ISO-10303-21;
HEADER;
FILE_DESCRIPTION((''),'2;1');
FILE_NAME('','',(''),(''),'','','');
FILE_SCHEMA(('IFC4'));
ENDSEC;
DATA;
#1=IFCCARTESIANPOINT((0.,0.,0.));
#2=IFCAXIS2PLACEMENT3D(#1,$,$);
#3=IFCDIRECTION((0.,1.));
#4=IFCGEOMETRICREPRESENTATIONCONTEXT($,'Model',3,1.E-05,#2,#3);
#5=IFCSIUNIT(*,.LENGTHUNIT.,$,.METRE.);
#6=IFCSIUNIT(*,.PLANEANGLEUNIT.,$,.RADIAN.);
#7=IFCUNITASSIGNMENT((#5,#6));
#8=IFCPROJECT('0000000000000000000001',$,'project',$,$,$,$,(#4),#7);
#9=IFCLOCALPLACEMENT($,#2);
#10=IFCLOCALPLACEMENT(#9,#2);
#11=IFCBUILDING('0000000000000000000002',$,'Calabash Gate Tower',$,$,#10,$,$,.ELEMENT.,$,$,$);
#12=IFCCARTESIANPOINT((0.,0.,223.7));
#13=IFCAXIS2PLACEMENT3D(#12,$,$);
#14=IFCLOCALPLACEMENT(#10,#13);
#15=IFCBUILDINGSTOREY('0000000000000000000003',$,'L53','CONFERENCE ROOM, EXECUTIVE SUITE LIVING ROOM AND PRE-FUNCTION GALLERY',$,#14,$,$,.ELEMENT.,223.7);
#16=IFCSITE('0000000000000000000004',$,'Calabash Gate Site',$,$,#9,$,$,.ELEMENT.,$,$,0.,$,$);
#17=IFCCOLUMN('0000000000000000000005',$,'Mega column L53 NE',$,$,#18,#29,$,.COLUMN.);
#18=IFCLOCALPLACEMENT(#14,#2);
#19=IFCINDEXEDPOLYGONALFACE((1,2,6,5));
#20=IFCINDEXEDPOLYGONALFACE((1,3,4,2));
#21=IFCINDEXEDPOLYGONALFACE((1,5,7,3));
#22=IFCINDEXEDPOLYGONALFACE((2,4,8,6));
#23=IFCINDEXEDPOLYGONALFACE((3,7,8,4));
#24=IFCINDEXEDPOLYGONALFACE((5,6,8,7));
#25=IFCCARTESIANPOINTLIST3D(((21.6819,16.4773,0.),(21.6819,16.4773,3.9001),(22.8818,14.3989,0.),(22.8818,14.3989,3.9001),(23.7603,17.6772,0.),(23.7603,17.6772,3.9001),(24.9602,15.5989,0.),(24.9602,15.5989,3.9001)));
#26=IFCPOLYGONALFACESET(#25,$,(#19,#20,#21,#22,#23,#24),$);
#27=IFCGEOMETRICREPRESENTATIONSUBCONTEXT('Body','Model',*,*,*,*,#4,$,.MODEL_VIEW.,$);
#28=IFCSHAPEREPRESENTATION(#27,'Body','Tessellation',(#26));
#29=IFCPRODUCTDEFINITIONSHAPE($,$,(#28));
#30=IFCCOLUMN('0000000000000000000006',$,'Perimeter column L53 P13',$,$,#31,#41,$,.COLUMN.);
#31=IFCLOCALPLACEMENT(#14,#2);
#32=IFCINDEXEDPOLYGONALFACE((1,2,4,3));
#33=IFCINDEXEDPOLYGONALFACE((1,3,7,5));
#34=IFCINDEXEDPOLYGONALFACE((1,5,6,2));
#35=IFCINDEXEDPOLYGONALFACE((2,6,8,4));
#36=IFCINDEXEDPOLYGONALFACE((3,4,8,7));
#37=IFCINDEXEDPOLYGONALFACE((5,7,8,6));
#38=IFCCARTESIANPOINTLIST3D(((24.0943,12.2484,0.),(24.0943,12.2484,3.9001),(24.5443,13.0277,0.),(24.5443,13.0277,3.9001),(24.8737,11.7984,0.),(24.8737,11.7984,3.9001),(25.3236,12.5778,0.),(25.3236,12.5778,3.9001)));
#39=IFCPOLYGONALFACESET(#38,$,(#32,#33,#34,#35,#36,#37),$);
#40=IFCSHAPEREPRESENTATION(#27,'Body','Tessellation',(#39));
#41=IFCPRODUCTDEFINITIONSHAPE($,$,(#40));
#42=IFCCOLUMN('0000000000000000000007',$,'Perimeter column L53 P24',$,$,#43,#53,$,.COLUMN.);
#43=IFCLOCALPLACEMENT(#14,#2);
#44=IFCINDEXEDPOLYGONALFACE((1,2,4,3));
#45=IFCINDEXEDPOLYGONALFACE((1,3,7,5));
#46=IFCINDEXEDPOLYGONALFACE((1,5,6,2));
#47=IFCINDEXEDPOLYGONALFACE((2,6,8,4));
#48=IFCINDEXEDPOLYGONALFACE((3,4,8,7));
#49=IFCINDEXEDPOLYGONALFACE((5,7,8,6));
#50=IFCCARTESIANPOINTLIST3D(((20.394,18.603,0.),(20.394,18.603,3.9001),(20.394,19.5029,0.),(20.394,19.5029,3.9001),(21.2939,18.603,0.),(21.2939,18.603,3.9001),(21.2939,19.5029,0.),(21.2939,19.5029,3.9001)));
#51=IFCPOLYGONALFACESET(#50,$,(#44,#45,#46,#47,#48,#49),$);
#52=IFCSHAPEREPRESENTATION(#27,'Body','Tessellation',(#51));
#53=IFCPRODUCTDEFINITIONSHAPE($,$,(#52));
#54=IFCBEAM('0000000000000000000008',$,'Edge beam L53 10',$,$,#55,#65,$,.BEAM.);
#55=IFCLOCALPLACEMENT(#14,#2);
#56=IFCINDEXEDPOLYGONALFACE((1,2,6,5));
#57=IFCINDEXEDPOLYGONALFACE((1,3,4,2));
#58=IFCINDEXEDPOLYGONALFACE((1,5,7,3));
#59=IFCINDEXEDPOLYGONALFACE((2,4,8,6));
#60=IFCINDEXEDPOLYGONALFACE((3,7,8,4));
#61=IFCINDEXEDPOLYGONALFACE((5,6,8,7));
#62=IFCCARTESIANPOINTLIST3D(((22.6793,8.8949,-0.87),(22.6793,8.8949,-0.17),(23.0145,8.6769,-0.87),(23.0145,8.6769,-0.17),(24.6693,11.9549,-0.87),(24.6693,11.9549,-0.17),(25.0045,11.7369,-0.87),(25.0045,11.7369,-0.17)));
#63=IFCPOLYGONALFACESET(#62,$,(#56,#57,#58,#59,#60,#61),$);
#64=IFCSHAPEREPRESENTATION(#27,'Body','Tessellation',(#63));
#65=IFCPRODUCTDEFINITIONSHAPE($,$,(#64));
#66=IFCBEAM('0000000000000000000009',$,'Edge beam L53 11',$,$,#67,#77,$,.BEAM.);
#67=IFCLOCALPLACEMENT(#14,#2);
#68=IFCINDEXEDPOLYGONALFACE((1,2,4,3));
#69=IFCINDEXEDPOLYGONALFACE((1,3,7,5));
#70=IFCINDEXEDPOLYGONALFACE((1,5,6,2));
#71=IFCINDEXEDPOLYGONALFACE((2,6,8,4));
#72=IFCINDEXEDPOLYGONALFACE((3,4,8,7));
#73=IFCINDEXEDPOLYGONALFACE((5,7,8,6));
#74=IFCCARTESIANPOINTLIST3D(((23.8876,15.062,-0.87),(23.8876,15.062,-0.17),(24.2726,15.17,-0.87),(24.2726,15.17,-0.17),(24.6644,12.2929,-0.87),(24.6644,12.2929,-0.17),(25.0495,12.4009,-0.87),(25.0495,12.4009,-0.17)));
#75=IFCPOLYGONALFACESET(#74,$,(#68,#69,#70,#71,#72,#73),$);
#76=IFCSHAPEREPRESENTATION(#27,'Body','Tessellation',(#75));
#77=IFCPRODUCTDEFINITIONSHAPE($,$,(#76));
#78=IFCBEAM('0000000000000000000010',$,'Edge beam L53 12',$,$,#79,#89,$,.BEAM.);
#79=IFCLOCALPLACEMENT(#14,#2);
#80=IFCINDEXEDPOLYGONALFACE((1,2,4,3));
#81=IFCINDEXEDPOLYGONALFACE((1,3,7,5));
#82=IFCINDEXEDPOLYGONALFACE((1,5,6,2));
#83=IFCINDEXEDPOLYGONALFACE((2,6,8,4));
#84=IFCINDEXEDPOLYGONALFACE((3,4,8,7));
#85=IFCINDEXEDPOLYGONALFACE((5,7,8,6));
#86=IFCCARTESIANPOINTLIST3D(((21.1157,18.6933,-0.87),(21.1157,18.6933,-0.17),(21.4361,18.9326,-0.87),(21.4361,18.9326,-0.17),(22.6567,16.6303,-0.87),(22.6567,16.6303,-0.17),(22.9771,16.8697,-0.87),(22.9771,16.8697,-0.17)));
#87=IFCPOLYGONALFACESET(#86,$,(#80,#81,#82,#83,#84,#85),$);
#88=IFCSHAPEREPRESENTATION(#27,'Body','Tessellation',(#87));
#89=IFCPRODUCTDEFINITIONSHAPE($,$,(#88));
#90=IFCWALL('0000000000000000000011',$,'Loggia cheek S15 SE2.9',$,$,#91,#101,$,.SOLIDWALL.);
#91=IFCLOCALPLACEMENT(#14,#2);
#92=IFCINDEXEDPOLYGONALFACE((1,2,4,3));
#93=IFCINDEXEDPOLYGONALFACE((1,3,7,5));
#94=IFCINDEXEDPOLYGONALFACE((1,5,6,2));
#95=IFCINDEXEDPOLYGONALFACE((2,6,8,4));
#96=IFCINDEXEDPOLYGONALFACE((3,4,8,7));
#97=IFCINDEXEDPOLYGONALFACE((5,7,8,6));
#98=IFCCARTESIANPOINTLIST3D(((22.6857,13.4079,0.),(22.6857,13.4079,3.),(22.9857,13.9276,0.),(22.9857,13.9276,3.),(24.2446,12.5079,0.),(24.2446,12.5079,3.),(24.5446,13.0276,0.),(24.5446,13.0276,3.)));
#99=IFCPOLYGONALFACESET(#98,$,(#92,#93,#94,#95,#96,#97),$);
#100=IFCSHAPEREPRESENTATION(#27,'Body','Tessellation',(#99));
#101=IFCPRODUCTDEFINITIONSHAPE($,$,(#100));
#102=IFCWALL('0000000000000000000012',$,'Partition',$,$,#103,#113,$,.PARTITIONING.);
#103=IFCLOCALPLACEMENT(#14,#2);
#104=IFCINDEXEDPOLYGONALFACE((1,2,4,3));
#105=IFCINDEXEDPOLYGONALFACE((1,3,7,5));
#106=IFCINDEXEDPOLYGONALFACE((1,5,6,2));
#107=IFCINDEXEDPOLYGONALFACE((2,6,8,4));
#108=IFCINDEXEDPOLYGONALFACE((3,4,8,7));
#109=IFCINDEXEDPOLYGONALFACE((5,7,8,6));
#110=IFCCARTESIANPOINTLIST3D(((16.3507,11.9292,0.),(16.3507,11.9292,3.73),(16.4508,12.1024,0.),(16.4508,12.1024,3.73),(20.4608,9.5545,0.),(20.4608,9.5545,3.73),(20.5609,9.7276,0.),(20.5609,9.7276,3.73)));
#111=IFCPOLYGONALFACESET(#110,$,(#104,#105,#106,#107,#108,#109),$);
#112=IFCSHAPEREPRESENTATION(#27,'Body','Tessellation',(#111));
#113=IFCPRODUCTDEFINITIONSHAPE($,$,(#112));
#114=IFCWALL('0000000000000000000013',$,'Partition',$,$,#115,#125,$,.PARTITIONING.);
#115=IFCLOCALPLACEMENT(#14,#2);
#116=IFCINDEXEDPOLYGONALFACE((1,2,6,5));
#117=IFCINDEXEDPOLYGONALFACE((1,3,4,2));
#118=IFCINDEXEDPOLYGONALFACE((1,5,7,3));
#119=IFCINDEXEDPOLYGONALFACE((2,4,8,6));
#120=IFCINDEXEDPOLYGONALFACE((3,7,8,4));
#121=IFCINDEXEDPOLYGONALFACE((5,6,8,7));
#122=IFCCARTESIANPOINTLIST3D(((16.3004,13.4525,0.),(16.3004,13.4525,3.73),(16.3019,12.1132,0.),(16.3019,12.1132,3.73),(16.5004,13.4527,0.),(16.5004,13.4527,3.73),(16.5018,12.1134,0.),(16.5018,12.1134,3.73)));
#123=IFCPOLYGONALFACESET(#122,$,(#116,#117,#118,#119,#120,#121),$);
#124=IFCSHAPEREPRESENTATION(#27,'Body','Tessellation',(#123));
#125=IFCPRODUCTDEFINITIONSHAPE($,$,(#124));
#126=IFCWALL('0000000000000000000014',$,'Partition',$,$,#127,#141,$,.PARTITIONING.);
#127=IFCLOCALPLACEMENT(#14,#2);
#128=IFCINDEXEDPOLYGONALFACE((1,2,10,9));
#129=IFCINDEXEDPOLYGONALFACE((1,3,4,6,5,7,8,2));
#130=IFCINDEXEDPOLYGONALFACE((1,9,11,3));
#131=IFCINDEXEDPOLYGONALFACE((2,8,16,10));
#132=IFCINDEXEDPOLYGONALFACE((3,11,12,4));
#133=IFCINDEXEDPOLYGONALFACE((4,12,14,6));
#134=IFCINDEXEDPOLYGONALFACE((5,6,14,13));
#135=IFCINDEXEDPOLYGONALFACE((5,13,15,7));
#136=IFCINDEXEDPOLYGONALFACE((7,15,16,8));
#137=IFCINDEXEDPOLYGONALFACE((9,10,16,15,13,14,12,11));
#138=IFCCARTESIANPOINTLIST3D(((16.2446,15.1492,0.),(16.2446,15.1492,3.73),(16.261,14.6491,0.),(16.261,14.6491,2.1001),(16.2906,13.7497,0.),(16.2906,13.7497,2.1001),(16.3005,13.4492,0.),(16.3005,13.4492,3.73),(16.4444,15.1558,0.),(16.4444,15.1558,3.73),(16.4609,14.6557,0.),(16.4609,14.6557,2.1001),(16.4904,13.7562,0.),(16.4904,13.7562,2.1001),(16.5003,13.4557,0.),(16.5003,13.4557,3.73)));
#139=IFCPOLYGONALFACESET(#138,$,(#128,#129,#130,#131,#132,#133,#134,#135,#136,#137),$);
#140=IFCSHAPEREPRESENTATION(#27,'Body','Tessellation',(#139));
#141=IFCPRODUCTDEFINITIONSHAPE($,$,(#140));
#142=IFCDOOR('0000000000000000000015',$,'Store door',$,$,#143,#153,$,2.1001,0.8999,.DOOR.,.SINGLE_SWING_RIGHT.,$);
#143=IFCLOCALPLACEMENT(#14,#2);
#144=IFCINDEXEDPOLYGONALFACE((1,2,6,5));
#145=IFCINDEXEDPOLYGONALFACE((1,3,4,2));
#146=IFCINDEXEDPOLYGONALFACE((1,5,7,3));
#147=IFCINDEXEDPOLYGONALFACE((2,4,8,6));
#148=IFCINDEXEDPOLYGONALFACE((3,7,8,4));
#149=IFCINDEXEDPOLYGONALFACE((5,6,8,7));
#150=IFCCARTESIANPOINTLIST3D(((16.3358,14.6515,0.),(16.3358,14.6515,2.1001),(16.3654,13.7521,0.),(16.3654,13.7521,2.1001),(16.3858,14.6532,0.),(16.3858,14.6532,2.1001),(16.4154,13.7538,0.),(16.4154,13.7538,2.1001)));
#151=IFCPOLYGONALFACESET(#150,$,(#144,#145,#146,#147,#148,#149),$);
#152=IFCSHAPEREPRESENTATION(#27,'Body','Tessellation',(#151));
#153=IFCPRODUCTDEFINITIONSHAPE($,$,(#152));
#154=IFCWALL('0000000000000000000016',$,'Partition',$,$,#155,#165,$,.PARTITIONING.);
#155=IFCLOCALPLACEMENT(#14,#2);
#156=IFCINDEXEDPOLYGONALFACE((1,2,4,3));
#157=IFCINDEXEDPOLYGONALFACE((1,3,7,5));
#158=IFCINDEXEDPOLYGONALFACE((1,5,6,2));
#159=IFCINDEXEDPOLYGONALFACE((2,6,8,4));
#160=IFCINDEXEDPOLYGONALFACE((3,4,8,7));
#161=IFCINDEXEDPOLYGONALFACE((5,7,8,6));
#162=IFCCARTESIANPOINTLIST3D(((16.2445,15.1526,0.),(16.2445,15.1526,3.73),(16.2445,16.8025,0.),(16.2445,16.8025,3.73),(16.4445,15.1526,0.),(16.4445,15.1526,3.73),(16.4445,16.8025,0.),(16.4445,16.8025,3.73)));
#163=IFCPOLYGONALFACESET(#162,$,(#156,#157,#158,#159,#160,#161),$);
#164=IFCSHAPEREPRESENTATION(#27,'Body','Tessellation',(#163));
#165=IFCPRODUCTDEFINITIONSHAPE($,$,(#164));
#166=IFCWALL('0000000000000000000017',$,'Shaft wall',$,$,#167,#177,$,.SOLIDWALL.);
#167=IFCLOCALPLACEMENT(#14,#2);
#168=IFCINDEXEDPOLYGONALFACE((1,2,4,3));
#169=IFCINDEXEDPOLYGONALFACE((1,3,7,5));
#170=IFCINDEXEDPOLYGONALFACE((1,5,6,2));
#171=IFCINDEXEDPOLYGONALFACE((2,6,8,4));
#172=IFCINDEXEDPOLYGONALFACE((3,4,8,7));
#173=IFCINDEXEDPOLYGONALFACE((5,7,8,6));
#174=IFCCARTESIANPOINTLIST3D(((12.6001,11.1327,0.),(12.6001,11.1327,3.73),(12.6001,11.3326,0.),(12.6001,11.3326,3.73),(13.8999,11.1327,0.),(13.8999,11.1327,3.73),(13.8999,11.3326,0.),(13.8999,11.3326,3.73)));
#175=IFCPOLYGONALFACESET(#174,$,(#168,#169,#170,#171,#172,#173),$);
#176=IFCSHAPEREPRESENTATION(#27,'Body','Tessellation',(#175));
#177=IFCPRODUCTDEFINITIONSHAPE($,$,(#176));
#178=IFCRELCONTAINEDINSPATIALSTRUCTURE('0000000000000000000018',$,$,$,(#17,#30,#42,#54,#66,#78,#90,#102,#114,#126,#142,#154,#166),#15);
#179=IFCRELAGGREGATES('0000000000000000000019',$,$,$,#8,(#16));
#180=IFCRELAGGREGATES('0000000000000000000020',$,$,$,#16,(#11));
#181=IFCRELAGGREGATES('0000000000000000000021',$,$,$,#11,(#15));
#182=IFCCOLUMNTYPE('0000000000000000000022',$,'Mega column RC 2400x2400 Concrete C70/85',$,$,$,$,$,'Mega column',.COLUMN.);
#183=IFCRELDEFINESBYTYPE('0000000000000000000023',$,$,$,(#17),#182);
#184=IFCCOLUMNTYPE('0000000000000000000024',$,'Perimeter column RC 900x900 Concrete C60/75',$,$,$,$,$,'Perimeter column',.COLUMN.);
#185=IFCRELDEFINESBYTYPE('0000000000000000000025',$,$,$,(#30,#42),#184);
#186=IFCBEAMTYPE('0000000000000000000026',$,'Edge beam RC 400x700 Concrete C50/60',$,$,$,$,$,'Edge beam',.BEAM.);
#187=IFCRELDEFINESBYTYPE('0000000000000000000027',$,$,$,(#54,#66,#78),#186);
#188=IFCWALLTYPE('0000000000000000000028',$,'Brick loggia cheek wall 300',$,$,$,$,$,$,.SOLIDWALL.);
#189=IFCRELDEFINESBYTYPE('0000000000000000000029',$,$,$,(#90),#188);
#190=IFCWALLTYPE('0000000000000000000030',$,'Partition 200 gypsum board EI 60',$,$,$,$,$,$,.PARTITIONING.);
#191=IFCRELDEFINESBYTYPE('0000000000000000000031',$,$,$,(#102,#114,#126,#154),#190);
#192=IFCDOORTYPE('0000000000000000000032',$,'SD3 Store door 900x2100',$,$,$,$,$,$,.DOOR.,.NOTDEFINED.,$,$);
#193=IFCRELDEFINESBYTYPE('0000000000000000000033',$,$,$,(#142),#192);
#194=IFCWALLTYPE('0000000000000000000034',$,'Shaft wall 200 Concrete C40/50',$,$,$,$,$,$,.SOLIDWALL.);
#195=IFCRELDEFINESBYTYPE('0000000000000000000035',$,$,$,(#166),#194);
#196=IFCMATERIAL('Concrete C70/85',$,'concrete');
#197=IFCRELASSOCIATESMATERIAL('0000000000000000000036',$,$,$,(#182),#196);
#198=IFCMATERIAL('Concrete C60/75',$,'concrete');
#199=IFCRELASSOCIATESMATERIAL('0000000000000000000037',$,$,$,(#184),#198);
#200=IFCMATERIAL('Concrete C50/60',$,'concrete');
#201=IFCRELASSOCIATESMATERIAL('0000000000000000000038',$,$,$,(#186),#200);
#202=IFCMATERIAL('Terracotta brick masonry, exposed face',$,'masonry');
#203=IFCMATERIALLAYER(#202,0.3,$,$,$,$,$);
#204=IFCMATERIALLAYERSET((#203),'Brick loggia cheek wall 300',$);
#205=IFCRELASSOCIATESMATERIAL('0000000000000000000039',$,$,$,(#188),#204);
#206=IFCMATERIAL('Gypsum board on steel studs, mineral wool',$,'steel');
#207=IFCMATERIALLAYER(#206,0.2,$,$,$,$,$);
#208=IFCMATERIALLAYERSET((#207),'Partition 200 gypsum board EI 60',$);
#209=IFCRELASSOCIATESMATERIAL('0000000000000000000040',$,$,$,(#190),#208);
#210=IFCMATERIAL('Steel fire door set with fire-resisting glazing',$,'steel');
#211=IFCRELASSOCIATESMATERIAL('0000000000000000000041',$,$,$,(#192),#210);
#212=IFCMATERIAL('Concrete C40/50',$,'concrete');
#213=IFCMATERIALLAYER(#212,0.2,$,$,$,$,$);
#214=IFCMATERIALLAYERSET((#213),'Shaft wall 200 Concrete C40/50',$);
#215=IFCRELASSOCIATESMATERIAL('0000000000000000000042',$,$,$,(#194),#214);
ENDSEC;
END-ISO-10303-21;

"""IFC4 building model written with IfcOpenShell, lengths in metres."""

from ifc_helpers import new_model, si_unit, direction, frame, frame_2d, origin, origin_2d, place, context, subcontext, project, spatial, rectangle, extrude, material, layer, layer_set, material_profile, profile_set, type_object, element, fill, save


model = new_model("IFC4")

# Units and contexts
model_context = context("Model", 3, precision=1e-05, world=origin(), true_north=direction((0.0, 1.0)))
body_context = subcontext(model_context, "Body", "Model", "MODEL_VIEW")
ifc_project = project(units=[si_unit("LENGTHUNIT", "METRE"), si_unit("PLANEANGLEUNIT", "RADIAN")], contexts=[model_context])

# Site, building, storey
site_placement = place(None, origin())
site = spatial("IfcSite", under=ifc_project, at=site_placement, Name="Calabash Gate Site", CompositionType="ELEMENT", RefElevation=0.0)
building_placement = place(site_placement, origin())
building = spatial("IfcBuilding", under=site, at=building_placement, Name="Calabash Gate Tower", CompositionType="ELEMENT")
storey_placement = place(building_placement, frame((0.0, 0.0, 223.7)))
storey = spatial("IfcBuildingStorey", under=building, at=storey_placement, Name="L53", Description="CONFERENCE ROOM, EXECUTIVE SUITE LIVING ROOM AND PRE-FUNCTION GALLERY", CompositionType="ELEMENT", Elevation=223.7)

# Columns
ifc_material_1 = material(Name="Concrete C70/85", Category="concrete")
ifc_material_profile_1 = material_profile(ifc_material_1, rectangle(XDim=2.3999, YDim=2.3999, at=origin_2d()))
ifc_profile_set_1 = profile_set([ifc_material_profile_1], Name="Concrete C70/85")
column_type_1 = type_object("IfcColumnType", Name="Mega column RC 2400x2400 Concrete C70/85", ElementType="Mega column", PredefinedType="COLUMN", material=ifc_profile_set_1)
column_placement = place(storey_placement, frame((23.321, 16.0381, 0.0), z_axis=(0.0, 0.0, 1.0), x_axis=(-0.866025, -0.5, 0.0)))
element("IfcColumn", 1, at=column_placement, inside=storey, type_object=column_type_1, Name="Mega column L53 NE", PredefinedType="COLUMN", context=body_context, shape_type="SweptSolid", body=[
    extrude(rectangle(XDim=2.3999, YDim=2.3999, at=origin_2d()), origin(), (0.0, 0.0, 1.0), 3.9001),
])
ifc_material_2 = material(Name="Concrete C60/75", Category="concrete")
ifc_material_profile_2 = material_profile(ifc_material_2, rectangle(XDim=0.8999, YDim=0.8999, at=origin_2d()))
ifc_profile_set_2 = profile_set([ifc_material_profile_2], Name="Concrete C60/75")
column_type_2 = type_object("IfcColumnType", Name="Perimeter column RC 900x900 Concrete C60/75", ElementType="Perimeter column", PredefinedType="COLUMN", material=ifc_profile_set_2)
for number, where, z_axis, x_axis, name in (
    (2, (24.709, 12.4131, 0.0), (0.0, 0.0, 1.0), (0.5, 0.866025, 0.0), "Perimeter column L53 P13"),
    (3, (20.844, 19.053, 0.0), (0.0, 0.0, 1.0), (-1.0, 0.0, 0.0), "Perimeter column L53 P24"),
):
    element("IfcColumn", number, at=place(storey_placement, frame(where, z_axis=z_axis, x_axis=x_axis)), inside=storey, type_object=column_type_2, Name=name, PredefinedType="COLUMN", context=body_context, shape_type="SweptSolid", body=[
        extrude(rectangle(XDim=0.8999, YDim=0.8999, at=origin_2d()), origin(), (0.0, 0.0, 1.0), 3.9001),
    ])

# Beams
ifc_material_3 = material(Name="Concrete C50/60", Category="concrete")
ifc_material_profile_3 = material_profile(ifc_material_3, rectangle(XDim=0.3999, YDim=0.7, at=origin_2d()))
ifc_profile_set_3 = profile_set([ifc_material_profile_3], Name="Concrete C50/60")
beam_type = type_object("IfcBeamType", Name="Edge beam RC 400x700 Concrete C50/60", ElementType="Edge beam", PredefinedType="BEAM", material=ifc_profile_set_3)
beam_1_placement = place(storey_placement, frame((22.8469, 8.7859, -0.52), z_axis=(0.545172, 0.838324, 0.0), x_axis=(-0.838324, 0.545172, 0.0)))
element("IfcBeam", 4, at=beam_1_placement, inside=storey, type_object=beam_type, Name="Edge beam L53 10", PredefinedType="BEAM", context=body_context, shape_type="SweptSolid", body=[
    extrude(rectangle(XDim=0.3999, YDim=0.7, at=origin_2d()), origin(), (0.0, 0.0, 1.0), 3.6501),
])
beam_2_placement = place(storey_placement, frame((24.8569, 12.3469, -0.52), z_axis=(-0.270121, 0.962826, 0.0), x_axis=(-0.962826, -0.270121, 0.0)))
element("IfcBeam", 5, at=beam_2_placement, inside=storey, type_object=beam_type, Name="Edge beam L53 11", PredefinedType="BEAM", context=body_context, shape_type="SweptSolid", body=[
    extrude(rectangle(XDim=0.3999, YDim=0.7, at=origin_2d()), origin(), (0.0, 0.0, 1.0), 2.876),
])
beam_3_placement = place(storey_placement, frame((22.8169, 16.75, -0.52), z_axis=(-0.598452, 0.801159, 0.0), x_axis=(-0.801159, -0.598452, 0.0)))
element("IfcBeam", 6, at=beam_3_placement, inside=storey, type_object=beam_type, Name="Edge beam L53 12", PredefinedType="BEAM", context=body_context, shape_type="SweptSolid", body=[
    extrude(rectangle(XDim=0.3999, YDim=0.7, at=origin_2d()), origin(), (0.0, 0.0, 1.0), 2.575),
])

# Walls
ifc_material_4 = material(Name="Terracotta brick masonry, exposed face", Category="masonry")
ifc_layer_1 = layer(ifc_material_4, 0.3)
ifc_layer_set_1 = layer_set([ifc_layer_1], Name="Brick loggia cheek wall 300")
wall_type_1 = type_object("IfcWallType", Name="Brick loggia cheek wall 300", PredefinedType="SOLIDWALL", material=ifc_layer_set_1)
wall_1_placement = place(storey_placement, frame((24.3945, 12.7678, 0.0), z_axis=(0.0, 0.0, 1.0), x_axis=(-0.866048, 0.499961, 0.0)))
element("IfcWall", 7, at=wall_1_placement, inside=storey, type_object=wall_type_1, Name="Loggia cheek S15 SE2.9", PredefinedType="SOLIDWALL", context=body_context, shape_type="SweptSolid", body=[
    extrude(rectangle(XDim=1.8, YDim=0.6001, at=frame_2d((0.8999, 0.0))), origin(), (0.0, 0.0, 1.0), 3.0),
])
ifc_material_5 = material(Name="Gypsum board on steel studs, mineral wool", Category="steel")
ifc_layer_2 = layer(ifc_material_5, 0.2)
ifc_layer_set_2 = layer_set([ifc_layer_2], Name="Partition 200 gypsum board EI 60")
wall_type_2 = type_object("IfcWallType", Name="Partition 200 gypsum board EI 60", PredefinedType="PARTITIONING", material=ifc_layer_set_2)
wall_2_placement = place(storey_placement, frame((16.4006, 12.0159, 0.0), z_axis=(0.0, 0.0, 1.0), x_axis=(0.865863, -0.500282, 0.0)))
element("IfcWall", 8, at=wall_2_placement, inside=storey, type_object=wall_type_2, Name="Partition", PredefinedType="PARTITIONING", context=body_context, shape_type="SweptSolid", body=[
    extrude(rectangle(XDim=4.7468, YDim=0.2, at=frame_2d((2.3735, 0.0))), origin(), (0.0, 0.0, 1.0), 3.73),
])
wall_3_placement = place(storey_placement, frame((16.4004, 13.4526, 0.0), z_axis=(0.0, 0.0, 1.0), x_axis=(0.001094, -0.999999, 0.0)))
element("IfcWall", 9, at=wall_3_placement, inside=storey, type_object=wall_type_2, Name="Partition", PredefinedType="PARTITIONING", context=body_context, shape_type="SweptSolid", body=[
    extrude(rectangle(XDim=1.3394, YDim=0.2, at=frame_2d((0.6697, 0.0))), origin(), (0.0, 0.0, 1.0), 3.73),
])

# Wall, opening, door
wall_4_placement = place(storey_placement, frame((16.3445, 15.1526, 0.0), z_axis=(0.0, 0.0, 1.0), x_axis=(0.03287, -0.99946, 0.0)))
wall_4 = element("IfcWall", 10, at=wall_4_placement, inside=storey, type_object=wall_type_2, Name="Partition", PredefinedType="PARTITIONING", context=body_context, shape_type="SweptSolid", body=[
    extrude(rectangle(XDim=1.7009, YDim=0.2, at=frame_2d((0.8506, 0.0))), origin(), (0.0, 0.0, 1.0), 3.73),
])
opening_1_placement = place(wall_4_placement, frame((0.5005, 0.0, 0.0)))
opening_1 = element("IfcOpeningElement", 11, at=opening_1_placement, cuts=wall_4, PredefinedType="OPENING", context=body_context, shape_type="SweptSolid", body=[
    extrude(rectangle(XDim=0.8999, YDim=2.1001, at=frame_2d((0.45, 1.05))), frame((0.0, 0.1099, 0.0), z_axis=(0.0, -1.0, 0.0), x_axis=(1.0, 0.0, 0.0)), (0.0, 0.0, 1.0), 0.22),
])
ifc_material_6 = material(Name="Steel fire door set with fire-resisting glazing", Category="steel")
door_type_1 = type_object("IfcDoorType", Name="SD3 Store door 900x2100", OperationType="NOTDEFINED", PredefinedType="DOOR", material=ifc_material_6)
door_1_placement = place(opening_1_placement, origin())
door_1 = element("IfcDoor", 12, at=door_1_placement, inside=storey, type_object=door_type_1, Name="Store door", OperationType="SINGLE_SWING_RIGHT", OverallHeight=2.1001, OverallWidth=0.8999, PredefinedType="DOOR", context=body_context, shape_type="SweptSolid", body=[
    extrude(rectangle(XDim=0.8999, YDim=2.1001, at=frame_2d((0.45, 1.05))), frame((0.0, 0.0249, 0.0), z_axis=(0.0, -1.0, 0.0), x_axis=(1.0, 0.0, 0.0)), (0.0, 0.0, 1.0), 0.05),
])
fill(opening_1, door_1)

# Walls
wall_5_placement = place(storey_placement, frame((16.3445, 15.1526, 0.0), z_axis=(0.0, 0.0, 1.0), x_axis=(0.0, 1.0, 0.0)))
element("IfcWall", 13, at=wall_5_placement, inside=storey, type_object=wall_type_2, Name="Partition", PredefinedType="PARTITIONING", context=body_context, shape_type="SweptSolid", body=[
    extrude(rectangle(XDim=1.6499, YDim=0.2, at=frame_2d((0.825, 0.0))), origin(), (0.0, 0.0, 1.0), 3.73),
])
ifc_material_7 = material(Name="Concrete C40/50", Category="concrete")
ifc_layer_3 = layer(ifc_material_7, 0.2)
ifc_layer_set_3 = layer_set([ifc_layer_3], Name="Shaft wall 200 Concrete C40/50")
wall_type_3 = type_object("IfcWallType", Name="Shaft wall 200 Concrete C40/50", PredefinedType="SOLIDWALL", material=ifc_layer_set_3)
for number, where, z_axis, x_axis, name in (
    (14, (12.6001, 11.2327, 0.0), (0.0, 0.0, 1.0), (1.0, 0.0, 0.0), "Shaft wall"),
):
    element("IfcWall", number, at=place(storey_placement, frame(where, z_axis=z_axis, x_axis=x_axis)), inside=storey, type_object=wall_type_3, Name=name, PredefinedType="SOLIDWALL", context=body_context, shape_type="SweptSolid", body=[
        extrude(rectangle(XDim=1.2998, YDim=0.2, at=frame_2d((0.6499, 0.0))), origin(), (0.0, 0.0, 1.0), 3.73),
    ])

save(model, "model.ifc")
